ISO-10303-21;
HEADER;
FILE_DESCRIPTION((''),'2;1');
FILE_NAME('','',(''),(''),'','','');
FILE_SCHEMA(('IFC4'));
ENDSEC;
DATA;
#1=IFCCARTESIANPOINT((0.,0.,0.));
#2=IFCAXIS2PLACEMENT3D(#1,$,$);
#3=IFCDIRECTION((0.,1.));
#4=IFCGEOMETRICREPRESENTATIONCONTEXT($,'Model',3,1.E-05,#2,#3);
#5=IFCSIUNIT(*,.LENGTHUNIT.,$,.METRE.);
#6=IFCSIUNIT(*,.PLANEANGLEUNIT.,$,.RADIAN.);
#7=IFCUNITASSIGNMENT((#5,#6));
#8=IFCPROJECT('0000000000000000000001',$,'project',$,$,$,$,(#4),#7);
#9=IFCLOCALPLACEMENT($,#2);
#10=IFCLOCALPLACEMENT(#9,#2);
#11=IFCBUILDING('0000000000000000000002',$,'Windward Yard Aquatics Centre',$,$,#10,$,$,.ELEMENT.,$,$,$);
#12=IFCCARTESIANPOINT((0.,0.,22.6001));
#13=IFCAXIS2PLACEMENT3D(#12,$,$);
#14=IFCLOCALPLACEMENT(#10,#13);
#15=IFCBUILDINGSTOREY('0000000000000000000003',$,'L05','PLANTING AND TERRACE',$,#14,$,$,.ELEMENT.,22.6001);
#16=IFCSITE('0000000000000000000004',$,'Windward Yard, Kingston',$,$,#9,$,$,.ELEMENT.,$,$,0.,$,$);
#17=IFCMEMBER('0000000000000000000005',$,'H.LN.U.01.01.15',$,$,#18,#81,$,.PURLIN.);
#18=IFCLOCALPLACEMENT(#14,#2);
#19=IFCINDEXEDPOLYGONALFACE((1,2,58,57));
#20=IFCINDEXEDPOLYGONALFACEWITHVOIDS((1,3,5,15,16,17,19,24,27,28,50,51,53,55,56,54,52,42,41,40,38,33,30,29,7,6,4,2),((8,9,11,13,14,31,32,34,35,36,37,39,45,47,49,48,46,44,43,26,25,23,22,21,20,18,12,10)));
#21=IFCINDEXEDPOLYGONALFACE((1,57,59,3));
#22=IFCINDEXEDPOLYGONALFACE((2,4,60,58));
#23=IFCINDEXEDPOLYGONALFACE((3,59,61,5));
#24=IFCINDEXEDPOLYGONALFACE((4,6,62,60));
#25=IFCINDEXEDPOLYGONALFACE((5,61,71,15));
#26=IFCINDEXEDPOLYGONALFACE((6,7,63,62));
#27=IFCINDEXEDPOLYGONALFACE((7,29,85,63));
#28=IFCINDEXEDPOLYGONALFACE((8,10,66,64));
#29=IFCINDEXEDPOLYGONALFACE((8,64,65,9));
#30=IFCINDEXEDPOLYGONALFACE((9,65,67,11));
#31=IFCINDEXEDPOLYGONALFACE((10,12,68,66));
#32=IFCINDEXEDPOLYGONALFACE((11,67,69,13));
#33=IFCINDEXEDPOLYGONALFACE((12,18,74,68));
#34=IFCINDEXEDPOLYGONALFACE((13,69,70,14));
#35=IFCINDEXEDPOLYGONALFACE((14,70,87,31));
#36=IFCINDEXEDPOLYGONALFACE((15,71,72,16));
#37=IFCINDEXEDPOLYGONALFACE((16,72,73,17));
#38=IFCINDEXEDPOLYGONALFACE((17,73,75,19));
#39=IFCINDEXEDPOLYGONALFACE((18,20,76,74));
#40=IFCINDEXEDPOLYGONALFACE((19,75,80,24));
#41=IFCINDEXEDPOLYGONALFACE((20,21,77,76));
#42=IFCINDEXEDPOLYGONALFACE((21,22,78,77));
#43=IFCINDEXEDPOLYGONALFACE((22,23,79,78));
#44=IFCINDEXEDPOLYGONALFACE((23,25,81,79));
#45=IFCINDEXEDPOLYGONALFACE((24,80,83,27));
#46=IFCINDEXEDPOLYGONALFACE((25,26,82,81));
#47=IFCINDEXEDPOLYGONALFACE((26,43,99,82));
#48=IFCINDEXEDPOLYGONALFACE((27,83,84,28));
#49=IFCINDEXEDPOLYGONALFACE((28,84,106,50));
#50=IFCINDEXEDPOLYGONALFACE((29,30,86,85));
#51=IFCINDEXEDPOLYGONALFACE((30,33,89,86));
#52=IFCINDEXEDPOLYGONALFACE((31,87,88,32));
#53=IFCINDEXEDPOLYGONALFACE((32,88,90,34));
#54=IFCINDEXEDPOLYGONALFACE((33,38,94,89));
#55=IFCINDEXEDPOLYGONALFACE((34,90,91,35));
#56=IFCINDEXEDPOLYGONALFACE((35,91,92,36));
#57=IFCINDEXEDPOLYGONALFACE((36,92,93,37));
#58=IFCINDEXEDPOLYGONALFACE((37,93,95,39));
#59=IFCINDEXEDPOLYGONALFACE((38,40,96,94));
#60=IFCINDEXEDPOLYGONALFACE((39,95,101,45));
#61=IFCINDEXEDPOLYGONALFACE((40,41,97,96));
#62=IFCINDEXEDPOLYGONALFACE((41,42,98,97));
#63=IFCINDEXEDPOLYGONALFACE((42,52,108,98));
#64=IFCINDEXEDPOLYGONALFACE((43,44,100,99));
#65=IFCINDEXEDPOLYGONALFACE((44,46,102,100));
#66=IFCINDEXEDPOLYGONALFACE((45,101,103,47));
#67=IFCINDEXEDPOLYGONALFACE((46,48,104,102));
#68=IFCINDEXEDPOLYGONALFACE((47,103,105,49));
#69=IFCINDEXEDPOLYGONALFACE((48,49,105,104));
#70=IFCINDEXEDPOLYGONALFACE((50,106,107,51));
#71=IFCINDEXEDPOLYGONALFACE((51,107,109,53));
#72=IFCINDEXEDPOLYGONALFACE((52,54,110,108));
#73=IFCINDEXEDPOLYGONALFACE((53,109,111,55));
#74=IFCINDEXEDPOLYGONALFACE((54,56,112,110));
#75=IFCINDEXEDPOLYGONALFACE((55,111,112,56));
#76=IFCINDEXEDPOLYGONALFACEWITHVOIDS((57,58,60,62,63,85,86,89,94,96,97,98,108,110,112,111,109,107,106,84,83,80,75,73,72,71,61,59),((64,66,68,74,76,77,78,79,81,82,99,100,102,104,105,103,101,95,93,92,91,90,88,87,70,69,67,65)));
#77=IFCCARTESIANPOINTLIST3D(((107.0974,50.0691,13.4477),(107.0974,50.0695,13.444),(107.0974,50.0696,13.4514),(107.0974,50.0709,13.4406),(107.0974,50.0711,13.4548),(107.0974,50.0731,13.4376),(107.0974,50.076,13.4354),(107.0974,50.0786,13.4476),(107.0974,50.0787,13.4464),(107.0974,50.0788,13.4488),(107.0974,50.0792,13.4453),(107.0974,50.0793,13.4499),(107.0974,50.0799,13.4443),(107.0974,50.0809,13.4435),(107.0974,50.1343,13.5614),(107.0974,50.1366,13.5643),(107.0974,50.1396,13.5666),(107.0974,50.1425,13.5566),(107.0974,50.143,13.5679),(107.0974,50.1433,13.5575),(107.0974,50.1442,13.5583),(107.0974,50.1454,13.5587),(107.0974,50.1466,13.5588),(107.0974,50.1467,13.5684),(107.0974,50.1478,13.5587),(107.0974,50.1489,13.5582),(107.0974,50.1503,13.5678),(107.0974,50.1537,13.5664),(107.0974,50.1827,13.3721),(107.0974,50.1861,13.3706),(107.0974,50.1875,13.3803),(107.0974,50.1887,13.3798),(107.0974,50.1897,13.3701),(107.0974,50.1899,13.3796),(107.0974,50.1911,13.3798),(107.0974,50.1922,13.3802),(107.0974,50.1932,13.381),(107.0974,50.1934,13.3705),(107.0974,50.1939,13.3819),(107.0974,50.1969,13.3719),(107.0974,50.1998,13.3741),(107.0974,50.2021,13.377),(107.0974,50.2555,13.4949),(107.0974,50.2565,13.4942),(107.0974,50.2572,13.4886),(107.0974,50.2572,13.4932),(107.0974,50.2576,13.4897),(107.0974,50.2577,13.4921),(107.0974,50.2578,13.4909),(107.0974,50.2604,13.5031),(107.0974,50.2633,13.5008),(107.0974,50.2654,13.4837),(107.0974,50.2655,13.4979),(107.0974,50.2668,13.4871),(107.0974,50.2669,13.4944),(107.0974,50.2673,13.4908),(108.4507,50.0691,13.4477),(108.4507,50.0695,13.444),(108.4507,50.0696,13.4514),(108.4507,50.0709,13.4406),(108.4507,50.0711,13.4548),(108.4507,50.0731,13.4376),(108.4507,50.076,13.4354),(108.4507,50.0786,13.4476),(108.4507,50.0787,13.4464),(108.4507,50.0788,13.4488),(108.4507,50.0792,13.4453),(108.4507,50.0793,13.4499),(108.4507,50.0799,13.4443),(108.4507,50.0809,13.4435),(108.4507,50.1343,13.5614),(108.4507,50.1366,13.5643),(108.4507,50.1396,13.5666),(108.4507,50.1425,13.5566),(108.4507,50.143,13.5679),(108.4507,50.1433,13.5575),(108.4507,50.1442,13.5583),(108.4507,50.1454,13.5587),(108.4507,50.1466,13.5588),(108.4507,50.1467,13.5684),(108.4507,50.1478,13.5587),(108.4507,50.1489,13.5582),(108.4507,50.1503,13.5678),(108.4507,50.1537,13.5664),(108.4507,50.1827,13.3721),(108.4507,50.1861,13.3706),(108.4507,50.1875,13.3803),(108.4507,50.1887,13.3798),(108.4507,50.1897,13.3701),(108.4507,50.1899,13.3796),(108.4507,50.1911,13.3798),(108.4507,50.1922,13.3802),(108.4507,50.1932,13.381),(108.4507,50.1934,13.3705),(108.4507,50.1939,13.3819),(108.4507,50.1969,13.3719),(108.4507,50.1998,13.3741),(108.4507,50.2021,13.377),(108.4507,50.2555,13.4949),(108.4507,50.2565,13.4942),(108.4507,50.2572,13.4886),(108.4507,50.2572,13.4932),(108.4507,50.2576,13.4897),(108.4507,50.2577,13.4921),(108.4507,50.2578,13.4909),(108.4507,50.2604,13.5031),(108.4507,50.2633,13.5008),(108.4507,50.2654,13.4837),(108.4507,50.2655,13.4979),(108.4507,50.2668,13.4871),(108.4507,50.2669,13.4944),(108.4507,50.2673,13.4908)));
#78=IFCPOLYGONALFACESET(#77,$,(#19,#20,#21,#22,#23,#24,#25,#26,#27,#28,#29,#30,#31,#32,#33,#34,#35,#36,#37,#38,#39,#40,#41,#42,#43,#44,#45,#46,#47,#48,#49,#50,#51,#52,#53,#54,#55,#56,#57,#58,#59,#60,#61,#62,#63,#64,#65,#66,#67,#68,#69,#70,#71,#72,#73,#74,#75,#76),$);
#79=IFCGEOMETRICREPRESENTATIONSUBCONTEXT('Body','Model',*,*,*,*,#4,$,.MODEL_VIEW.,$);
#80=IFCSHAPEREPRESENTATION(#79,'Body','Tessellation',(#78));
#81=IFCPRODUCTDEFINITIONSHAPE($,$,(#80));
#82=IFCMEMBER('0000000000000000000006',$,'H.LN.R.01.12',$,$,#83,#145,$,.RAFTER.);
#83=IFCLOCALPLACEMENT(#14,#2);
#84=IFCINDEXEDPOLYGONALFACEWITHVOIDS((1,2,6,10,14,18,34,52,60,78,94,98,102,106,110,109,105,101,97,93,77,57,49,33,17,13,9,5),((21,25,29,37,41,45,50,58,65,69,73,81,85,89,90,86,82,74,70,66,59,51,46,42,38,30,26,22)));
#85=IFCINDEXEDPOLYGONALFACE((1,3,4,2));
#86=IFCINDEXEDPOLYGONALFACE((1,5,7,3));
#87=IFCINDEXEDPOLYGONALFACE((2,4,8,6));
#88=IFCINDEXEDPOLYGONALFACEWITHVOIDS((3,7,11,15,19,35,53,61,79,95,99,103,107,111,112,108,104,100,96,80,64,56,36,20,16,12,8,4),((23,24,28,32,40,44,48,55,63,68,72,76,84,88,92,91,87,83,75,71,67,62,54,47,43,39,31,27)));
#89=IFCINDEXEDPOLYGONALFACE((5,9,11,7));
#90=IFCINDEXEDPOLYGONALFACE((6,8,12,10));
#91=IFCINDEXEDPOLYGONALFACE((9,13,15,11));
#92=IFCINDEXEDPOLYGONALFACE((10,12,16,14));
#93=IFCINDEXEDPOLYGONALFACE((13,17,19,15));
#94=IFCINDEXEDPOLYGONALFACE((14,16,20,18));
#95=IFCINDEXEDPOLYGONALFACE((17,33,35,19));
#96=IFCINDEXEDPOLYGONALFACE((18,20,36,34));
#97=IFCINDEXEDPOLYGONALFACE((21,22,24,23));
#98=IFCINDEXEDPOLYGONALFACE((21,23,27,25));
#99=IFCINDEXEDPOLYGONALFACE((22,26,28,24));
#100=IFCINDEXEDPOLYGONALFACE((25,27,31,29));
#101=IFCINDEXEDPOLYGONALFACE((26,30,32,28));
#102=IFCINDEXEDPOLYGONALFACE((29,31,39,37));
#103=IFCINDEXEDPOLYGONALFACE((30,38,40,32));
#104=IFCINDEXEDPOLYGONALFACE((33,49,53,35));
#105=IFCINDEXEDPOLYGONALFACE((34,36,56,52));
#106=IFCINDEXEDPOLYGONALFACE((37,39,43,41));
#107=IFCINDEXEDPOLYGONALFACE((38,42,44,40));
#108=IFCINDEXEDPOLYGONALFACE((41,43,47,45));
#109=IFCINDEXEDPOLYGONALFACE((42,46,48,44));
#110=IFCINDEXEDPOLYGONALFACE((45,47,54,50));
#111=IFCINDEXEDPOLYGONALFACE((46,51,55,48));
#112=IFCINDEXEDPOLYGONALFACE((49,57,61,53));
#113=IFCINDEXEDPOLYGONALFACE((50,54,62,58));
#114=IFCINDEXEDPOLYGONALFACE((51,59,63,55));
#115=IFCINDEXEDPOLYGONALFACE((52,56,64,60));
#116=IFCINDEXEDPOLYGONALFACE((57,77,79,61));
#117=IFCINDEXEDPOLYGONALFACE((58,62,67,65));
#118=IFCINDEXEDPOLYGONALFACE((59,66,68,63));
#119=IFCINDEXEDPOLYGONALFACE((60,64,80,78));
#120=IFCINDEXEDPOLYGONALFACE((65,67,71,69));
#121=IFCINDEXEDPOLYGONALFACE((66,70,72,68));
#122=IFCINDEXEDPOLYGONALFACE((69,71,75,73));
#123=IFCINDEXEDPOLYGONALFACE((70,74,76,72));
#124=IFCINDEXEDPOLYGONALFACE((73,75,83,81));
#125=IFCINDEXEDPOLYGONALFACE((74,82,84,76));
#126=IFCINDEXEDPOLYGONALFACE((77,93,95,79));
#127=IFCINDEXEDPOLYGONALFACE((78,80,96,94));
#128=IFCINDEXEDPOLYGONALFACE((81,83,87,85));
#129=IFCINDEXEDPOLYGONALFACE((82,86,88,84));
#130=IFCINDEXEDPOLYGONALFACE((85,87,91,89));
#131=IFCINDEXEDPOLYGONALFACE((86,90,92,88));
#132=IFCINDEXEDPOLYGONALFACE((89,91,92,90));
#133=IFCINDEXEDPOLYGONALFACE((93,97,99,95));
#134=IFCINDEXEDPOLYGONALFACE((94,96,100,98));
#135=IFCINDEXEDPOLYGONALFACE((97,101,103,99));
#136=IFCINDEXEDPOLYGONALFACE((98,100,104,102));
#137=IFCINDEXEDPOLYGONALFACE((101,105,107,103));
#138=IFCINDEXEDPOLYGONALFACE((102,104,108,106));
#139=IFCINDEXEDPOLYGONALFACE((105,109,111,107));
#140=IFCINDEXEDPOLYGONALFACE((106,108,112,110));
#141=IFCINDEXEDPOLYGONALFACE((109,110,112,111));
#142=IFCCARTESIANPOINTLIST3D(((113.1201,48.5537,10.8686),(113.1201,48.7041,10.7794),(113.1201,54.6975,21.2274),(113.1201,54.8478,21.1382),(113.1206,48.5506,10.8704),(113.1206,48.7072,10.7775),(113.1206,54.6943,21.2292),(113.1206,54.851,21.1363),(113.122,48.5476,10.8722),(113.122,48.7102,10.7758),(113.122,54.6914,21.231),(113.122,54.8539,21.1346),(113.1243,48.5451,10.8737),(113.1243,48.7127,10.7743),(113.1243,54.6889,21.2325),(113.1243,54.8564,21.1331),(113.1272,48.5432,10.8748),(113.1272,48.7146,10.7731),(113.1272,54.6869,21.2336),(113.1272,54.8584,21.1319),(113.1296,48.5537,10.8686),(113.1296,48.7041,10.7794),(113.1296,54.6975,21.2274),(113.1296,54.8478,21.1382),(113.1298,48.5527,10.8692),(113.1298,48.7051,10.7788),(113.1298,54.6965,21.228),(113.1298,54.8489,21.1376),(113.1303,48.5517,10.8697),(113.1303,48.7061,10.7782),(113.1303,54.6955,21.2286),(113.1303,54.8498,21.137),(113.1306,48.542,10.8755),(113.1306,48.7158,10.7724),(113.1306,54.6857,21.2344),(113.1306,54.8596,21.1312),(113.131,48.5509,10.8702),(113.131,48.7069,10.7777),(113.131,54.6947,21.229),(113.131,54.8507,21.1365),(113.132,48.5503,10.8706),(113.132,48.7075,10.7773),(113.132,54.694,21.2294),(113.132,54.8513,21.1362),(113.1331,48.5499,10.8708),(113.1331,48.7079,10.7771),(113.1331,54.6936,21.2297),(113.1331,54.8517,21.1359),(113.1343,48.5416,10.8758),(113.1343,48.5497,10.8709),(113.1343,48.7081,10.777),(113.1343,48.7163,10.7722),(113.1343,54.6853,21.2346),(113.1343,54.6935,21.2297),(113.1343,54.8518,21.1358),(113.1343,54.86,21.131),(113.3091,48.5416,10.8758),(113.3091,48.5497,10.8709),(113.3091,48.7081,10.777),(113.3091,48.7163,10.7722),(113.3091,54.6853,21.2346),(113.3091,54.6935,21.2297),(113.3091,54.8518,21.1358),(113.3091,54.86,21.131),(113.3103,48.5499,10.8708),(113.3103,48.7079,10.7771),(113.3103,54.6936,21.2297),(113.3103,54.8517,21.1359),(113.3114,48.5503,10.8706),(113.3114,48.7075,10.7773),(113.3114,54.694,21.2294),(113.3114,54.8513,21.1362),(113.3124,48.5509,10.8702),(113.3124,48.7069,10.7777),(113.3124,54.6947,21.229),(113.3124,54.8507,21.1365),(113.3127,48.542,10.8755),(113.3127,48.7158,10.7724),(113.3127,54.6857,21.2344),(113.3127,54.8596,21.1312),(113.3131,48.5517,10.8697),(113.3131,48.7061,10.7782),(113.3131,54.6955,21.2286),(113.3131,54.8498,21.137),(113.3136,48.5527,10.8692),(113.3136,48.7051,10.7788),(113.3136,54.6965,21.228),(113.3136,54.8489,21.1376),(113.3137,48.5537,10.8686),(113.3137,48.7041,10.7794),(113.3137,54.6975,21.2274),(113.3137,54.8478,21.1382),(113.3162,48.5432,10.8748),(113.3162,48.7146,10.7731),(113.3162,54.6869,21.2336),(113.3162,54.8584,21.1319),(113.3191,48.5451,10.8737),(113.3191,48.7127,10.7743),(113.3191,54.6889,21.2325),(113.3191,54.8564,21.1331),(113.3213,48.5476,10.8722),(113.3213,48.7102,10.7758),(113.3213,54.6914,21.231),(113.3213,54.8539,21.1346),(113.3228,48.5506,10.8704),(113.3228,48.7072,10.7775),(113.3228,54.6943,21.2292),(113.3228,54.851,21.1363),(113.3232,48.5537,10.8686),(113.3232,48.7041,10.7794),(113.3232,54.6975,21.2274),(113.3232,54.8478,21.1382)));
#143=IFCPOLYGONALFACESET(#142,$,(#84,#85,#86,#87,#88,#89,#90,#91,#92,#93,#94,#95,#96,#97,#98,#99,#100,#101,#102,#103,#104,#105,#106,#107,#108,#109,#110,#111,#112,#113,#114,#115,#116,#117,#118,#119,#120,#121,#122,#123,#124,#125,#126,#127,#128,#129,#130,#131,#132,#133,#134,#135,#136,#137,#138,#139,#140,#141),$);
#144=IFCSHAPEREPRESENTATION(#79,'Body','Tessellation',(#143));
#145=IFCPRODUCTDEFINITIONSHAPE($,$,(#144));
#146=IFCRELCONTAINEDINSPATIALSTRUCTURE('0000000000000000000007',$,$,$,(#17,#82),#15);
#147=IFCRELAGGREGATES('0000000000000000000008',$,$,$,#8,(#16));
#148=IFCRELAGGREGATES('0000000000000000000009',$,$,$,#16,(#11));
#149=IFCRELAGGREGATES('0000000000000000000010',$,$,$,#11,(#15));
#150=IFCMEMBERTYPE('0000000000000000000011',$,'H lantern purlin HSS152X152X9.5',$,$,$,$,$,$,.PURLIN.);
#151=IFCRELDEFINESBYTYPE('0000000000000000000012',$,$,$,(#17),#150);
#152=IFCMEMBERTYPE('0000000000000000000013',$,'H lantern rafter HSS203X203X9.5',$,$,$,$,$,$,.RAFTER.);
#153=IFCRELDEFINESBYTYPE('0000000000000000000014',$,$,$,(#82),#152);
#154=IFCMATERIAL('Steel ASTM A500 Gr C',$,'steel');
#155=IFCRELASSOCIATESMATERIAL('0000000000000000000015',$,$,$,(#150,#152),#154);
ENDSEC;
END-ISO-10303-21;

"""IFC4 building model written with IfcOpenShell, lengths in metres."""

from ifc_helpers import new_model, si_unit, direction, frame, origin, origin_2d, place, context, subcontext, project, spatial, hollow_rectangle, extrude, material, material_profile, profile_set, type_object, element, save


model = new_model("IFC4")

# Units and contexts
model_context = context("Model", 3, precision=1e-05, world=origin(), true_north=direction((0.0, 1.0)))
body_context = subcontext(model_context, "Body", "Model", "MODEL_VIEW")
ifc_project = project(units=[si_unit("LENGTHUNIT", "METRE"), si_unit("PLANEANGLEUNIT", "RADIAN")], contexts=[model_context])

# Site, building, storey
site_placement = place(None, origin())
site = spatial("IfcSite", under=ifc_project, at=site_placement, Name="Windward Yard, Kingston", CompositionType="ELEMENT", RefElevation=0.0)
building_placement = place(site_placement, origin())
building = spatial("IfcBuilding", under=site, at=building_placement, Name="Windward Yard Aquatics Centre", CompositionType="ELEMENT")
storey_placement = place(building_placement, frame((0.0, 0.0, 22.6001)))
storey = spatial("IfcBuildingStorey", under=building, at=storey_placement, Name="L05", Description="PLANTING AND TERRACE", CompositionType="ELEMENT", Elevation=22.6001)

# Members
ifc_material_1 = material(Name="Steel ASTM A500 Gr C", Category="steel")
ifc_material_profile_1 = material_profile(ifc_material_1, hollow_rectangle(XDim=0.1523, YDim=0.1523, WallThickness=0.0095, InnerFilletRadius=0.0046, OuterFilletRadius=0.0142, at=origin_2d()), Name="HSS152X152X9.5")
ifc_profile_set_1 = profile_set([ifc_material_profile_1], Name="Steel ASTM A500 Gr C")
member_type_1 = type_object("IfcMemberType", Name="H lantern purlin HSS152X152X9.5", PredefinedType="PURLIN", material=ifc_profile_set_1)
for number, where, z_axis, x_axis, name in (
    (1, (108.4507, 50.1682, 13.4692), (-1.0, 0.0, 0.0), (0.0, -0.51012, -0.860103), "H.LN.U.01.01.15"),
):
    element("IfcMember", number, at=place(storey_placement, frame(where, z_axis=z_axis, x_axis=x_axis)), inside=storey, type_object=member_type_1, Name=name, PredefinedType="PURLIN", context=body_context, shape_type="SweptSolid", body=[
        extrude(hollow_rectangle(XDim=0.1523, YDim=0.1523, WallThickness=0.0095, InnerFilletRadius=0.0046, OuterFilletRadius=0.0142, at=origin_2d()), origin(), (0.0, 0.0, 1.0), 1.3533),
    ])
ifc_material_profile_2 = material_profile(ifc_material_1, hollow_rectangle(XDim=0.2031, YDim=0.2031, WallThickness=0.0095, InnerFilletRadius=0.0046, OuterFilletRadius=0.0142, at=origin_2d()), Name="HSS203X203X9.5")
ifc_profile_set_2 = profile_set([ifc_material_profile_2], Name="Steel ASTM A500 Gr C")
member_type_2 = type_object("IfcMemberType", Name="H lantern rafter HSS203X203X9.5", PredefinedType="RAFTER", material=ifc_profile_set_2)
member_1_placement = place(storey_placement, frame((113.2217, 48.6289, 10.824), z_axis=(0.0, 0.510122, 0.860102), x_axis=(-1.0, 0.0, 0.0)))
element("IfcMember", 2, at=member_1_placement, inside=storey, type_object=member_type_2, Name="H.LN.R.01.12", PredefinedType="RAFTER", context=body_context, shape_type="SweptSolid", body=[
    extrude(hollow_rectangle(XDim=0.2031, YDim=0.2031, WallThickness=0.0095, InnerFilletRadius=0.0046, OuterFilletRadius=0.0142, at=origin_2d()), origin(), (0.0, 0.0, 1.0), 12.0437),
])

save(model, "model.ifc")
